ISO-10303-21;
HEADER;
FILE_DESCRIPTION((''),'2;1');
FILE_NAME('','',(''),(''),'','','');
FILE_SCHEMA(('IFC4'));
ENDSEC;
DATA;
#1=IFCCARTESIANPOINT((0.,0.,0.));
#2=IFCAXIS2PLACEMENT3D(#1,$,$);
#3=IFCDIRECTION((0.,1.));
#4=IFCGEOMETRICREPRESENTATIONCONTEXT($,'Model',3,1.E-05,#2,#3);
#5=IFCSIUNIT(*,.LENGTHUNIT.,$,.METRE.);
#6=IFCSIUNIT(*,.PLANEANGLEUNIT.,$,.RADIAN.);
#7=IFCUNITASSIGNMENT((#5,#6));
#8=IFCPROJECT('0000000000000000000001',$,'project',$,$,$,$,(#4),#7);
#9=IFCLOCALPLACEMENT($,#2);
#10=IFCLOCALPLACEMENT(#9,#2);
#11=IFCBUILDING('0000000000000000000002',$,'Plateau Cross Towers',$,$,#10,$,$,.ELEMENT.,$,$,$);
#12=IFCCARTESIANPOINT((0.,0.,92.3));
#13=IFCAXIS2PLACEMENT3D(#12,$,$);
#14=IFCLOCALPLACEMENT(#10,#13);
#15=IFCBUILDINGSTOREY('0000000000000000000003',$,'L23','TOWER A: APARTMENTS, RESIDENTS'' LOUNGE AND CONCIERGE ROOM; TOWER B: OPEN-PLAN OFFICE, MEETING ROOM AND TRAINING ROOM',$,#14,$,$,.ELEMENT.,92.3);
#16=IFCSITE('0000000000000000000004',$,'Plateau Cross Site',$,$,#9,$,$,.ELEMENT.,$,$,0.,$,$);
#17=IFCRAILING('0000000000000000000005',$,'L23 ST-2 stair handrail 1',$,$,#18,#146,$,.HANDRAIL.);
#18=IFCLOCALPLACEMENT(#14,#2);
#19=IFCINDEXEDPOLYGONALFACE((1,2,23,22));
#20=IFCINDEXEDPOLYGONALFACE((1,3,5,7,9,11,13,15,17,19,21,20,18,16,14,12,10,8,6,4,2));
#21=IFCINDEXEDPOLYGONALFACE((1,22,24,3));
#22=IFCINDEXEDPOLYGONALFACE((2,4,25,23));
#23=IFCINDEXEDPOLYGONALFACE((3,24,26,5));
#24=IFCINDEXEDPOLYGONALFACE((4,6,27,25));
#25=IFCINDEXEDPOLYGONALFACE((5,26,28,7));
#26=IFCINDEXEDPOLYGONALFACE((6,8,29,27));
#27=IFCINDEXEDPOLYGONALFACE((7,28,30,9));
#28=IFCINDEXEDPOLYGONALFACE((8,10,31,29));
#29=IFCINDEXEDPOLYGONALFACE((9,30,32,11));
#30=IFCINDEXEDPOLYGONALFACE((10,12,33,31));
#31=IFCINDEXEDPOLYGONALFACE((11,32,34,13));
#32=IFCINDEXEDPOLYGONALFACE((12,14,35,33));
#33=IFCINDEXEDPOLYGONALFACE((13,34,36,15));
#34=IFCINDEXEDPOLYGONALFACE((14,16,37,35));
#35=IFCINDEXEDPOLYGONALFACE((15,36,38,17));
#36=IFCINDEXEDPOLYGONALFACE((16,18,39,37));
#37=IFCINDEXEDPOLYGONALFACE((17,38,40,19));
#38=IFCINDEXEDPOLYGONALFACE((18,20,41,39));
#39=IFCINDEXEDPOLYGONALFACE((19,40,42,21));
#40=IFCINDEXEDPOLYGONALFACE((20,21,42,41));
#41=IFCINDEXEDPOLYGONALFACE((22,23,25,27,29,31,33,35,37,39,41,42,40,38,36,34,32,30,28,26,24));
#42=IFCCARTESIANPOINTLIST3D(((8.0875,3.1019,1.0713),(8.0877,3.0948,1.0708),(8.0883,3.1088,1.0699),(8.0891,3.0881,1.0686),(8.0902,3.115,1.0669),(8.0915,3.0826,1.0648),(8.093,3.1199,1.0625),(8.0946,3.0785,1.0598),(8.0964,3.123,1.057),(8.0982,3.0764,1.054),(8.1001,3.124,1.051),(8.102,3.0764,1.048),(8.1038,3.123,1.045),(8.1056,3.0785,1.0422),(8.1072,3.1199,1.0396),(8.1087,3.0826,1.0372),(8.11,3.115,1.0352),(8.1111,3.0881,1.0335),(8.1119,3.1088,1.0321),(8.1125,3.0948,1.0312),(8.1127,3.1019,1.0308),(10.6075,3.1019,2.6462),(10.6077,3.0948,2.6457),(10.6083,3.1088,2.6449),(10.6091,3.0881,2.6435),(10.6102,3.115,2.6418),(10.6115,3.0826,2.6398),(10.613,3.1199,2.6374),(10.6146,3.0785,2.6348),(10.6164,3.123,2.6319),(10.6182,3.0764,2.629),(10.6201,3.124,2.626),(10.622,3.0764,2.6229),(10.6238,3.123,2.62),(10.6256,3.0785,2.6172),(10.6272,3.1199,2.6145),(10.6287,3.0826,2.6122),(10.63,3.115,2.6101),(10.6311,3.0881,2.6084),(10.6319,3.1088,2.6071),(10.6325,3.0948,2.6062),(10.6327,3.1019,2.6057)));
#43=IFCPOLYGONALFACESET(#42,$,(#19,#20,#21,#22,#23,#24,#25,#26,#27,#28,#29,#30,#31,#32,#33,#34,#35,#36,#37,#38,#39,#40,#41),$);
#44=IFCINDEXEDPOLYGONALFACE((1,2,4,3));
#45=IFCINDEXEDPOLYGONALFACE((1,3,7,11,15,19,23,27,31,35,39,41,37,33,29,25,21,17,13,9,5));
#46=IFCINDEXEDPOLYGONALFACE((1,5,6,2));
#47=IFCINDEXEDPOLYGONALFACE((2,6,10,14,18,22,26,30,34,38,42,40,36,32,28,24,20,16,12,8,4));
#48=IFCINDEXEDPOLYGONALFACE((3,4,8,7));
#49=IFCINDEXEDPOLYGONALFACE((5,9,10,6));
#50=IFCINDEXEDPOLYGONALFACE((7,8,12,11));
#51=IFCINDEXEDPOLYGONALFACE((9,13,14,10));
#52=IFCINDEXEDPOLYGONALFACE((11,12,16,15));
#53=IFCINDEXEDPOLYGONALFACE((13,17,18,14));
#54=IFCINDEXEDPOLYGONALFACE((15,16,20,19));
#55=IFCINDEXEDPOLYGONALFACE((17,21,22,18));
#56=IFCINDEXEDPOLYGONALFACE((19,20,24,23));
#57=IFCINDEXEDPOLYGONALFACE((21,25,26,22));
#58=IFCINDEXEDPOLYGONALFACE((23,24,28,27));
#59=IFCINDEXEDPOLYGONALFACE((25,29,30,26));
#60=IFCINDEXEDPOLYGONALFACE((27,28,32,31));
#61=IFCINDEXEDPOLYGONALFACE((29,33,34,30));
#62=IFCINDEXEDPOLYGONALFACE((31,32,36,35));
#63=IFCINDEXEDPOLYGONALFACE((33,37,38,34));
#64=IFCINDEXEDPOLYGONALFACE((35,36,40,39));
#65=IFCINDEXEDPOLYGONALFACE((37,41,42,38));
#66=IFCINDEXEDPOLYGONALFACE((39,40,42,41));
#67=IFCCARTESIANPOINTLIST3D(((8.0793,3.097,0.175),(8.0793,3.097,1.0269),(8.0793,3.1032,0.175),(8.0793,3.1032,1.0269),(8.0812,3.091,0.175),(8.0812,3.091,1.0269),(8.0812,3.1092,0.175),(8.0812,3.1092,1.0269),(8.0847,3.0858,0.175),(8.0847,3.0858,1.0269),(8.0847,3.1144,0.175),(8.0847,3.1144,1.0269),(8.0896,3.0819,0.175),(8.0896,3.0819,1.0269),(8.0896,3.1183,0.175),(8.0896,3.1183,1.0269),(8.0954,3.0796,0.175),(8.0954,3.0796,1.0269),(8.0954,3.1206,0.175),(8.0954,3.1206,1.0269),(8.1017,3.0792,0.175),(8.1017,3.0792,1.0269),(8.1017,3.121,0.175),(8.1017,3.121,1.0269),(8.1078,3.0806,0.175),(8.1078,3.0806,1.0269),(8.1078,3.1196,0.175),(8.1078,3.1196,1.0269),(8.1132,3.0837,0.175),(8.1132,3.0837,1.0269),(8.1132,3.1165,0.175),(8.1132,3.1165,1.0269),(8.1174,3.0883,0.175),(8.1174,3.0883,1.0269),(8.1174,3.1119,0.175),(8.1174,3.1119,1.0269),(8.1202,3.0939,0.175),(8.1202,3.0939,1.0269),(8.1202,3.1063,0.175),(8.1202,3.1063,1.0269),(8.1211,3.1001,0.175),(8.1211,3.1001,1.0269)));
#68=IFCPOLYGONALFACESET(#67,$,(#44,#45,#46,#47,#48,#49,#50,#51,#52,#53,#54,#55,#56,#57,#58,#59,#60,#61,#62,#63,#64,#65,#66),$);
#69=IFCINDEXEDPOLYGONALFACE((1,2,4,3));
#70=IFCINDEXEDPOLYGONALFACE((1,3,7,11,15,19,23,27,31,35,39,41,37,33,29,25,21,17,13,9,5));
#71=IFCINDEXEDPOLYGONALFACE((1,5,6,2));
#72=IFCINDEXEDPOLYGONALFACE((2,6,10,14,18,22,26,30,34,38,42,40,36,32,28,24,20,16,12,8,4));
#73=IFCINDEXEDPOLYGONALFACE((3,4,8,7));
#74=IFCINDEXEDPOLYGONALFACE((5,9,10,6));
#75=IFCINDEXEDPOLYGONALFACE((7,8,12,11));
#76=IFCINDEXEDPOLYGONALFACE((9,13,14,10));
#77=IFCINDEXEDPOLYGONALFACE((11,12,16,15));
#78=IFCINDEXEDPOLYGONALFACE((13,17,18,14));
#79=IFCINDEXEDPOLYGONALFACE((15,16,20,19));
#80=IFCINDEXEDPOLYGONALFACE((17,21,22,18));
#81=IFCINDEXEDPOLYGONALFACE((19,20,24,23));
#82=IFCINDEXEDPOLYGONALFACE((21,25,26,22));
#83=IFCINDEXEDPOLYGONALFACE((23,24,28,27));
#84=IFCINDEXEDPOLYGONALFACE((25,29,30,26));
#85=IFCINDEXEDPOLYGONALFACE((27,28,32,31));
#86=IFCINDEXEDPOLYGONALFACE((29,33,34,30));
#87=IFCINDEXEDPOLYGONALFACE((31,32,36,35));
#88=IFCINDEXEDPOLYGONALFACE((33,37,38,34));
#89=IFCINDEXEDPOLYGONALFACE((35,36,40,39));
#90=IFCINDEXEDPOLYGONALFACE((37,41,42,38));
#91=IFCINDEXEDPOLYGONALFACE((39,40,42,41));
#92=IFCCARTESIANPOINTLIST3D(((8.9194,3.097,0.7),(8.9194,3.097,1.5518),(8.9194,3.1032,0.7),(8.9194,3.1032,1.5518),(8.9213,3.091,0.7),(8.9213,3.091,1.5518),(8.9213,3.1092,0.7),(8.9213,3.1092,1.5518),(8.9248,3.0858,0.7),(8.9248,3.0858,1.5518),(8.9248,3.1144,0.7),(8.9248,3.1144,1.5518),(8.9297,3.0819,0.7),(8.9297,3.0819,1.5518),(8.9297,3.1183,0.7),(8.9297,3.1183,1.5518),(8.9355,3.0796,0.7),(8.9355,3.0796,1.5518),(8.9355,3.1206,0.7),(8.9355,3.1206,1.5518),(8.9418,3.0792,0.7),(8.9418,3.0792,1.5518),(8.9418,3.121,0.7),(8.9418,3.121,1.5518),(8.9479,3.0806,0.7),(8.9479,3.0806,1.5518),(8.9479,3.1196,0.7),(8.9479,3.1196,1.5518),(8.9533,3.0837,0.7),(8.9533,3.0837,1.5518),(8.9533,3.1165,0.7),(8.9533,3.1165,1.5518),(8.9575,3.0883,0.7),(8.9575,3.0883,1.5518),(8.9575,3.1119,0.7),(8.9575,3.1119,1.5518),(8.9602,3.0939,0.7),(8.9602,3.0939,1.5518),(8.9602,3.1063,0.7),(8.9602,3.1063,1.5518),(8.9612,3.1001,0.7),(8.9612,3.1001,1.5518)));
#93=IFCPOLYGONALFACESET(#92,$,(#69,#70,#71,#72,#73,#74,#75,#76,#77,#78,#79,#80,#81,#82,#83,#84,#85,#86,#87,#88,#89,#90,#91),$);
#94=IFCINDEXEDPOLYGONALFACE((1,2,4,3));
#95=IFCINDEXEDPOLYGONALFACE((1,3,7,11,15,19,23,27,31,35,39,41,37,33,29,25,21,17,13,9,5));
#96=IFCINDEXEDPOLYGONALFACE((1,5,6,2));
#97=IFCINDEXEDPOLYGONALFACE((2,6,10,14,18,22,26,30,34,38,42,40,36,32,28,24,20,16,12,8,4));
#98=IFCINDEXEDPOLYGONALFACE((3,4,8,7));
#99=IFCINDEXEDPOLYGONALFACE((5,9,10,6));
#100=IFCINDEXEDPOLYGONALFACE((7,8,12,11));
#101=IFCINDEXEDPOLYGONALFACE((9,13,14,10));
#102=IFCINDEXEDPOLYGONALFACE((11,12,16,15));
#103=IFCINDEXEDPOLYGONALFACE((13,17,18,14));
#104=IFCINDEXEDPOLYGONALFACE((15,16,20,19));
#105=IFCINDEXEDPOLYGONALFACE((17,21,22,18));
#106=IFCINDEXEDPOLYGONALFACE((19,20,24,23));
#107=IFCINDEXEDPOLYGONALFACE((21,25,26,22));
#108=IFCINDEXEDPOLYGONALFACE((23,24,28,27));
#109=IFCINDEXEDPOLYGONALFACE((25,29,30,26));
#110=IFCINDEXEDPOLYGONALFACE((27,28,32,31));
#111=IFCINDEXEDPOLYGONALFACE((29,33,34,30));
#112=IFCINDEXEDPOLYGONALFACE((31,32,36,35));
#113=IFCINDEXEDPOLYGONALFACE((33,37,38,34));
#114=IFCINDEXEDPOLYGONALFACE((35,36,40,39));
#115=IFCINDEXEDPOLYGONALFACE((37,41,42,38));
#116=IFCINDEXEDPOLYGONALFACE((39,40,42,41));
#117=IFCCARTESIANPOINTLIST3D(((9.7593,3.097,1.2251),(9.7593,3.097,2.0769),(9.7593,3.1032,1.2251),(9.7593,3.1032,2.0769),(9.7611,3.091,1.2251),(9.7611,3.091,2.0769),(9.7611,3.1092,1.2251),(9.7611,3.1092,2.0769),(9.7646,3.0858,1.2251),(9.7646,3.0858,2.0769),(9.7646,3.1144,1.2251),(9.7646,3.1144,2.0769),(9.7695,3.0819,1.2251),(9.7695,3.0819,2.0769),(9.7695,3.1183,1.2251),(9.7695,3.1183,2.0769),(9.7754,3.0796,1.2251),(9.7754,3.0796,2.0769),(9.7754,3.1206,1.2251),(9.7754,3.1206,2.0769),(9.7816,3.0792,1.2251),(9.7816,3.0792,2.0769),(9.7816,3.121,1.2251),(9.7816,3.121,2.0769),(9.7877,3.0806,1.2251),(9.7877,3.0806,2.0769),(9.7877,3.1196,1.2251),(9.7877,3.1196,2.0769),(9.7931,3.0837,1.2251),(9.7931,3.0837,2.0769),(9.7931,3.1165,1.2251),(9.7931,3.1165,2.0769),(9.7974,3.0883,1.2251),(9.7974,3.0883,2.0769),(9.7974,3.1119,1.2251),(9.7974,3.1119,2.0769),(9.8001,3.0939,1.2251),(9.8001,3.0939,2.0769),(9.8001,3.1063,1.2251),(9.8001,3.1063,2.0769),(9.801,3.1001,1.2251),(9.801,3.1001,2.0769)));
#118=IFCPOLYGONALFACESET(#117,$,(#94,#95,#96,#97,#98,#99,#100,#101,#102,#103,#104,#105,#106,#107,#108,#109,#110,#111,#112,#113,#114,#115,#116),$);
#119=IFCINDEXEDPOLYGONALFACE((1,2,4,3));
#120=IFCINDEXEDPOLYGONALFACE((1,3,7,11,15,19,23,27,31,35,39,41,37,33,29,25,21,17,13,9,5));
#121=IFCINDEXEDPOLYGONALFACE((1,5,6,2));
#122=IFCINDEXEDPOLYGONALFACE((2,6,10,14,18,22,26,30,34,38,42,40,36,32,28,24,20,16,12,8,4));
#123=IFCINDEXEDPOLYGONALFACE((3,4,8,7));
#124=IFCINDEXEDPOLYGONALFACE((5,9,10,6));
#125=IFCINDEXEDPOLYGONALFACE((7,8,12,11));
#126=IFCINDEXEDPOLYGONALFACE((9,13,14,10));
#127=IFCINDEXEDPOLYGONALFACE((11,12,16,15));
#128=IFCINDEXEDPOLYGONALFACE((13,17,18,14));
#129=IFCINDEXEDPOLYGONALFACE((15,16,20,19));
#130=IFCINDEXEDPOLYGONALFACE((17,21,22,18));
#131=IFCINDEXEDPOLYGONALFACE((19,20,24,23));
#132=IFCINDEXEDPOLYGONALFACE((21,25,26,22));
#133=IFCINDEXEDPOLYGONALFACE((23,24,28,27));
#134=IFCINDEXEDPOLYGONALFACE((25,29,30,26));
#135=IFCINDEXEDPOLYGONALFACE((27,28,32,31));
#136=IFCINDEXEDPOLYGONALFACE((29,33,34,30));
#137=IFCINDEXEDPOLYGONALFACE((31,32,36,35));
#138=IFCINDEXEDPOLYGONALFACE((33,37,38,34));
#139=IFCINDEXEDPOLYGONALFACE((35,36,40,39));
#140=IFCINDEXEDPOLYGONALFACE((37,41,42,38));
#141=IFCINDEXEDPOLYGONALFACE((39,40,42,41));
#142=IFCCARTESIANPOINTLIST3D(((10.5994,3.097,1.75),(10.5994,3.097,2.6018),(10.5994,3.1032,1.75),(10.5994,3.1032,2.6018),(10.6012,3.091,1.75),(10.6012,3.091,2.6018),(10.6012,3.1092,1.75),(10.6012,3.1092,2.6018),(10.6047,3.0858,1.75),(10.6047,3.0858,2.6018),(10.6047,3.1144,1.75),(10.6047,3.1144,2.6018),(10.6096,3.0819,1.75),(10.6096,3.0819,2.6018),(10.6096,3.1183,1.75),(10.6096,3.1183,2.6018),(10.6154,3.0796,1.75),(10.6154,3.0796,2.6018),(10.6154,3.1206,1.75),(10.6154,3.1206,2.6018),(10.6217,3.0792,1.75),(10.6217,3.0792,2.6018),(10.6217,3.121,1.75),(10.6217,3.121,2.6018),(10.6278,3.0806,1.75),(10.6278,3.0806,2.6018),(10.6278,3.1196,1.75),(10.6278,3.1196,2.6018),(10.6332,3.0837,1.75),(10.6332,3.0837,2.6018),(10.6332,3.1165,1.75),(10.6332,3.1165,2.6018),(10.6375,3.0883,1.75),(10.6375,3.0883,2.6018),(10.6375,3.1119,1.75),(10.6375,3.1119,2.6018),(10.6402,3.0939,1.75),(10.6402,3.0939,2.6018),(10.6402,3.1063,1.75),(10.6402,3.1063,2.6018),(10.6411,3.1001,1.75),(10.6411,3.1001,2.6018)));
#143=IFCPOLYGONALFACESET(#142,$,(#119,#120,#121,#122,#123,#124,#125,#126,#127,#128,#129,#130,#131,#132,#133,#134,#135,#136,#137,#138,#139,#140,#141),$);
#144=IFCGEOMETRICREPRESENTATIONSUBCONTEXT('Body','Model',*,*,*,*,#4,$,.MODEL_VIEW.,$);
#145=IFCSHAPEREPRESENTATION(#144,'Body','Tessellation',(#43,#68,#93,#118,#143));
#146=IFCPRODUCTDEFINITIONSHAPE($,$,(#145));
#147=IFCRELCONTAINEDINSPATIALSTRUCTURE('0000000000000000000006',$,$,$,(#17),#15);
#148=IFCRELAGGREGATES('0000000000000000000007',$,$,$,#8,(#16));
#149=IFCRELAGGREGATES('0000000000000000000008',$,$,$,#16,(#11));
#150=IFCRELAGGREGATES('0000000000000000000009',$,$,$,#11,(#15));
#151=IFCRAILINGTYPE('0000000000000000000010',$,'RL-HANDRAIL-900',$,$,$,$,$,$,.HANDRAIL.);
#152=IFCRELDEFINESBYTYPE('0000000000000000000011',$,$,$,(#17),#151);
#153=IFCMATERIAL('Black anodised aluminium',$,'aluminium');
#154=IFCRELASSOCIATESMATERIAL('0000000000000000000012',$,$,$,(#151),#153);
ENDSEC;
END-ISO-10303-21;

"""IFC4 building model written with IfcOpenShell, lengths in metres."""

from ifc_helpers import new_model, si_unit, direction, frame, origin, origin_2d, place, context, subcontext, project, spatial, circle, extrude, material, type_object, element, save


model = new_model("IFC4")

# Units and contexts
model_context = context("Model", 3, precision=1e-05, world=origin(), true_north=direction((0.0, 1.0)))
body_context = subcontext(model_context, "Body", "Model", "MODEL_VIEW")
ifc_project = project(units=[si_unit("LENGTHUNIT", "METRE"), si_unit("PLANEANGLEUNIT", "RADIAN")], contexts=[model_context])

# Site, building, storey
site_placement = place(None, origin())
site = spatial("IfcSite", under=ifc_project, at=site_placement, Name="Plateau Cross Site", CompositionType="ELEMENT", RefElevation=0.0)
building_placement = place(site_placement, origin())
building = spatial("IfcBuilding", under=site, at=building_placement, Name="Plateau Cross Towers", CompositionType="ELEMENT")
storey_placement = place(building_placement, frame((0.0, 0.0, 92.3)))
storey = spatial("IfcBuildingStorey", under=building, at=storey_placement, Name="L23", Description="TOWER A: APARTMENTS, RESIDENTS' LOUNGE AND CONCIERGE ROOM; TOWER B: OPEN-PLAN OFFICE, MEETING ROOM AND TRAINING ROOM", CompositionType="ELEMENT", Elevation=92.3)

# Shared definitions
ifc_material_1 = material(Name="Black anodised aluminium", Category="aluminium")

# Railing
railing_type_1 = type_object("IfcRailingType", Name="RL-HANDRAIL-900", PredefinedType="HANDRAIL", material=ifc_material_1)
railing_placement = place(storey_placement, frame((8.1001, 3.1001, 0.175)))
element("IfcRailing", 1, at=railing_placement, inside=storey, type_object=railing_type_1, Name="L23 ST-2 stair handrail 1", PredefinedType="HANDRAIL", context=body_context, shape_type="SweptSolid", body=[
    extrude(circle(Radius=0.0239, at=origin_2d()), frame((0.0, 0.0, 0.876), z_axis=(0.848008, 0.0, 0.529984), x_axis=(0.0, 1.0, 0.0)), (0.0, 0.0, 1.0), 2.9717),
    extrude(circle(Radius=0.021, at=origin_2d()), origin(), (0.0, 0.0, 1.0), 0.8518),
    extrude(circle(Radius=0.021, at=origin_2d()), frame((0.8401, 0.0, 0.5249)), (0.0, 0.0, 1.0), 0.8518),
    extrude(circle(Radius=0.021, at=origin_2d()), frame((1.6799, 0.0, 1.05)), (0.0, 0.0, 1.0), 0.8518),
    extrude(circle(Radius=0.021, at=origin_2d()), frame((2.52, 0.0, 1.575)), (0.0, 0.0, 1.0), 0.8518),
])

save(model, "model.ifc")
